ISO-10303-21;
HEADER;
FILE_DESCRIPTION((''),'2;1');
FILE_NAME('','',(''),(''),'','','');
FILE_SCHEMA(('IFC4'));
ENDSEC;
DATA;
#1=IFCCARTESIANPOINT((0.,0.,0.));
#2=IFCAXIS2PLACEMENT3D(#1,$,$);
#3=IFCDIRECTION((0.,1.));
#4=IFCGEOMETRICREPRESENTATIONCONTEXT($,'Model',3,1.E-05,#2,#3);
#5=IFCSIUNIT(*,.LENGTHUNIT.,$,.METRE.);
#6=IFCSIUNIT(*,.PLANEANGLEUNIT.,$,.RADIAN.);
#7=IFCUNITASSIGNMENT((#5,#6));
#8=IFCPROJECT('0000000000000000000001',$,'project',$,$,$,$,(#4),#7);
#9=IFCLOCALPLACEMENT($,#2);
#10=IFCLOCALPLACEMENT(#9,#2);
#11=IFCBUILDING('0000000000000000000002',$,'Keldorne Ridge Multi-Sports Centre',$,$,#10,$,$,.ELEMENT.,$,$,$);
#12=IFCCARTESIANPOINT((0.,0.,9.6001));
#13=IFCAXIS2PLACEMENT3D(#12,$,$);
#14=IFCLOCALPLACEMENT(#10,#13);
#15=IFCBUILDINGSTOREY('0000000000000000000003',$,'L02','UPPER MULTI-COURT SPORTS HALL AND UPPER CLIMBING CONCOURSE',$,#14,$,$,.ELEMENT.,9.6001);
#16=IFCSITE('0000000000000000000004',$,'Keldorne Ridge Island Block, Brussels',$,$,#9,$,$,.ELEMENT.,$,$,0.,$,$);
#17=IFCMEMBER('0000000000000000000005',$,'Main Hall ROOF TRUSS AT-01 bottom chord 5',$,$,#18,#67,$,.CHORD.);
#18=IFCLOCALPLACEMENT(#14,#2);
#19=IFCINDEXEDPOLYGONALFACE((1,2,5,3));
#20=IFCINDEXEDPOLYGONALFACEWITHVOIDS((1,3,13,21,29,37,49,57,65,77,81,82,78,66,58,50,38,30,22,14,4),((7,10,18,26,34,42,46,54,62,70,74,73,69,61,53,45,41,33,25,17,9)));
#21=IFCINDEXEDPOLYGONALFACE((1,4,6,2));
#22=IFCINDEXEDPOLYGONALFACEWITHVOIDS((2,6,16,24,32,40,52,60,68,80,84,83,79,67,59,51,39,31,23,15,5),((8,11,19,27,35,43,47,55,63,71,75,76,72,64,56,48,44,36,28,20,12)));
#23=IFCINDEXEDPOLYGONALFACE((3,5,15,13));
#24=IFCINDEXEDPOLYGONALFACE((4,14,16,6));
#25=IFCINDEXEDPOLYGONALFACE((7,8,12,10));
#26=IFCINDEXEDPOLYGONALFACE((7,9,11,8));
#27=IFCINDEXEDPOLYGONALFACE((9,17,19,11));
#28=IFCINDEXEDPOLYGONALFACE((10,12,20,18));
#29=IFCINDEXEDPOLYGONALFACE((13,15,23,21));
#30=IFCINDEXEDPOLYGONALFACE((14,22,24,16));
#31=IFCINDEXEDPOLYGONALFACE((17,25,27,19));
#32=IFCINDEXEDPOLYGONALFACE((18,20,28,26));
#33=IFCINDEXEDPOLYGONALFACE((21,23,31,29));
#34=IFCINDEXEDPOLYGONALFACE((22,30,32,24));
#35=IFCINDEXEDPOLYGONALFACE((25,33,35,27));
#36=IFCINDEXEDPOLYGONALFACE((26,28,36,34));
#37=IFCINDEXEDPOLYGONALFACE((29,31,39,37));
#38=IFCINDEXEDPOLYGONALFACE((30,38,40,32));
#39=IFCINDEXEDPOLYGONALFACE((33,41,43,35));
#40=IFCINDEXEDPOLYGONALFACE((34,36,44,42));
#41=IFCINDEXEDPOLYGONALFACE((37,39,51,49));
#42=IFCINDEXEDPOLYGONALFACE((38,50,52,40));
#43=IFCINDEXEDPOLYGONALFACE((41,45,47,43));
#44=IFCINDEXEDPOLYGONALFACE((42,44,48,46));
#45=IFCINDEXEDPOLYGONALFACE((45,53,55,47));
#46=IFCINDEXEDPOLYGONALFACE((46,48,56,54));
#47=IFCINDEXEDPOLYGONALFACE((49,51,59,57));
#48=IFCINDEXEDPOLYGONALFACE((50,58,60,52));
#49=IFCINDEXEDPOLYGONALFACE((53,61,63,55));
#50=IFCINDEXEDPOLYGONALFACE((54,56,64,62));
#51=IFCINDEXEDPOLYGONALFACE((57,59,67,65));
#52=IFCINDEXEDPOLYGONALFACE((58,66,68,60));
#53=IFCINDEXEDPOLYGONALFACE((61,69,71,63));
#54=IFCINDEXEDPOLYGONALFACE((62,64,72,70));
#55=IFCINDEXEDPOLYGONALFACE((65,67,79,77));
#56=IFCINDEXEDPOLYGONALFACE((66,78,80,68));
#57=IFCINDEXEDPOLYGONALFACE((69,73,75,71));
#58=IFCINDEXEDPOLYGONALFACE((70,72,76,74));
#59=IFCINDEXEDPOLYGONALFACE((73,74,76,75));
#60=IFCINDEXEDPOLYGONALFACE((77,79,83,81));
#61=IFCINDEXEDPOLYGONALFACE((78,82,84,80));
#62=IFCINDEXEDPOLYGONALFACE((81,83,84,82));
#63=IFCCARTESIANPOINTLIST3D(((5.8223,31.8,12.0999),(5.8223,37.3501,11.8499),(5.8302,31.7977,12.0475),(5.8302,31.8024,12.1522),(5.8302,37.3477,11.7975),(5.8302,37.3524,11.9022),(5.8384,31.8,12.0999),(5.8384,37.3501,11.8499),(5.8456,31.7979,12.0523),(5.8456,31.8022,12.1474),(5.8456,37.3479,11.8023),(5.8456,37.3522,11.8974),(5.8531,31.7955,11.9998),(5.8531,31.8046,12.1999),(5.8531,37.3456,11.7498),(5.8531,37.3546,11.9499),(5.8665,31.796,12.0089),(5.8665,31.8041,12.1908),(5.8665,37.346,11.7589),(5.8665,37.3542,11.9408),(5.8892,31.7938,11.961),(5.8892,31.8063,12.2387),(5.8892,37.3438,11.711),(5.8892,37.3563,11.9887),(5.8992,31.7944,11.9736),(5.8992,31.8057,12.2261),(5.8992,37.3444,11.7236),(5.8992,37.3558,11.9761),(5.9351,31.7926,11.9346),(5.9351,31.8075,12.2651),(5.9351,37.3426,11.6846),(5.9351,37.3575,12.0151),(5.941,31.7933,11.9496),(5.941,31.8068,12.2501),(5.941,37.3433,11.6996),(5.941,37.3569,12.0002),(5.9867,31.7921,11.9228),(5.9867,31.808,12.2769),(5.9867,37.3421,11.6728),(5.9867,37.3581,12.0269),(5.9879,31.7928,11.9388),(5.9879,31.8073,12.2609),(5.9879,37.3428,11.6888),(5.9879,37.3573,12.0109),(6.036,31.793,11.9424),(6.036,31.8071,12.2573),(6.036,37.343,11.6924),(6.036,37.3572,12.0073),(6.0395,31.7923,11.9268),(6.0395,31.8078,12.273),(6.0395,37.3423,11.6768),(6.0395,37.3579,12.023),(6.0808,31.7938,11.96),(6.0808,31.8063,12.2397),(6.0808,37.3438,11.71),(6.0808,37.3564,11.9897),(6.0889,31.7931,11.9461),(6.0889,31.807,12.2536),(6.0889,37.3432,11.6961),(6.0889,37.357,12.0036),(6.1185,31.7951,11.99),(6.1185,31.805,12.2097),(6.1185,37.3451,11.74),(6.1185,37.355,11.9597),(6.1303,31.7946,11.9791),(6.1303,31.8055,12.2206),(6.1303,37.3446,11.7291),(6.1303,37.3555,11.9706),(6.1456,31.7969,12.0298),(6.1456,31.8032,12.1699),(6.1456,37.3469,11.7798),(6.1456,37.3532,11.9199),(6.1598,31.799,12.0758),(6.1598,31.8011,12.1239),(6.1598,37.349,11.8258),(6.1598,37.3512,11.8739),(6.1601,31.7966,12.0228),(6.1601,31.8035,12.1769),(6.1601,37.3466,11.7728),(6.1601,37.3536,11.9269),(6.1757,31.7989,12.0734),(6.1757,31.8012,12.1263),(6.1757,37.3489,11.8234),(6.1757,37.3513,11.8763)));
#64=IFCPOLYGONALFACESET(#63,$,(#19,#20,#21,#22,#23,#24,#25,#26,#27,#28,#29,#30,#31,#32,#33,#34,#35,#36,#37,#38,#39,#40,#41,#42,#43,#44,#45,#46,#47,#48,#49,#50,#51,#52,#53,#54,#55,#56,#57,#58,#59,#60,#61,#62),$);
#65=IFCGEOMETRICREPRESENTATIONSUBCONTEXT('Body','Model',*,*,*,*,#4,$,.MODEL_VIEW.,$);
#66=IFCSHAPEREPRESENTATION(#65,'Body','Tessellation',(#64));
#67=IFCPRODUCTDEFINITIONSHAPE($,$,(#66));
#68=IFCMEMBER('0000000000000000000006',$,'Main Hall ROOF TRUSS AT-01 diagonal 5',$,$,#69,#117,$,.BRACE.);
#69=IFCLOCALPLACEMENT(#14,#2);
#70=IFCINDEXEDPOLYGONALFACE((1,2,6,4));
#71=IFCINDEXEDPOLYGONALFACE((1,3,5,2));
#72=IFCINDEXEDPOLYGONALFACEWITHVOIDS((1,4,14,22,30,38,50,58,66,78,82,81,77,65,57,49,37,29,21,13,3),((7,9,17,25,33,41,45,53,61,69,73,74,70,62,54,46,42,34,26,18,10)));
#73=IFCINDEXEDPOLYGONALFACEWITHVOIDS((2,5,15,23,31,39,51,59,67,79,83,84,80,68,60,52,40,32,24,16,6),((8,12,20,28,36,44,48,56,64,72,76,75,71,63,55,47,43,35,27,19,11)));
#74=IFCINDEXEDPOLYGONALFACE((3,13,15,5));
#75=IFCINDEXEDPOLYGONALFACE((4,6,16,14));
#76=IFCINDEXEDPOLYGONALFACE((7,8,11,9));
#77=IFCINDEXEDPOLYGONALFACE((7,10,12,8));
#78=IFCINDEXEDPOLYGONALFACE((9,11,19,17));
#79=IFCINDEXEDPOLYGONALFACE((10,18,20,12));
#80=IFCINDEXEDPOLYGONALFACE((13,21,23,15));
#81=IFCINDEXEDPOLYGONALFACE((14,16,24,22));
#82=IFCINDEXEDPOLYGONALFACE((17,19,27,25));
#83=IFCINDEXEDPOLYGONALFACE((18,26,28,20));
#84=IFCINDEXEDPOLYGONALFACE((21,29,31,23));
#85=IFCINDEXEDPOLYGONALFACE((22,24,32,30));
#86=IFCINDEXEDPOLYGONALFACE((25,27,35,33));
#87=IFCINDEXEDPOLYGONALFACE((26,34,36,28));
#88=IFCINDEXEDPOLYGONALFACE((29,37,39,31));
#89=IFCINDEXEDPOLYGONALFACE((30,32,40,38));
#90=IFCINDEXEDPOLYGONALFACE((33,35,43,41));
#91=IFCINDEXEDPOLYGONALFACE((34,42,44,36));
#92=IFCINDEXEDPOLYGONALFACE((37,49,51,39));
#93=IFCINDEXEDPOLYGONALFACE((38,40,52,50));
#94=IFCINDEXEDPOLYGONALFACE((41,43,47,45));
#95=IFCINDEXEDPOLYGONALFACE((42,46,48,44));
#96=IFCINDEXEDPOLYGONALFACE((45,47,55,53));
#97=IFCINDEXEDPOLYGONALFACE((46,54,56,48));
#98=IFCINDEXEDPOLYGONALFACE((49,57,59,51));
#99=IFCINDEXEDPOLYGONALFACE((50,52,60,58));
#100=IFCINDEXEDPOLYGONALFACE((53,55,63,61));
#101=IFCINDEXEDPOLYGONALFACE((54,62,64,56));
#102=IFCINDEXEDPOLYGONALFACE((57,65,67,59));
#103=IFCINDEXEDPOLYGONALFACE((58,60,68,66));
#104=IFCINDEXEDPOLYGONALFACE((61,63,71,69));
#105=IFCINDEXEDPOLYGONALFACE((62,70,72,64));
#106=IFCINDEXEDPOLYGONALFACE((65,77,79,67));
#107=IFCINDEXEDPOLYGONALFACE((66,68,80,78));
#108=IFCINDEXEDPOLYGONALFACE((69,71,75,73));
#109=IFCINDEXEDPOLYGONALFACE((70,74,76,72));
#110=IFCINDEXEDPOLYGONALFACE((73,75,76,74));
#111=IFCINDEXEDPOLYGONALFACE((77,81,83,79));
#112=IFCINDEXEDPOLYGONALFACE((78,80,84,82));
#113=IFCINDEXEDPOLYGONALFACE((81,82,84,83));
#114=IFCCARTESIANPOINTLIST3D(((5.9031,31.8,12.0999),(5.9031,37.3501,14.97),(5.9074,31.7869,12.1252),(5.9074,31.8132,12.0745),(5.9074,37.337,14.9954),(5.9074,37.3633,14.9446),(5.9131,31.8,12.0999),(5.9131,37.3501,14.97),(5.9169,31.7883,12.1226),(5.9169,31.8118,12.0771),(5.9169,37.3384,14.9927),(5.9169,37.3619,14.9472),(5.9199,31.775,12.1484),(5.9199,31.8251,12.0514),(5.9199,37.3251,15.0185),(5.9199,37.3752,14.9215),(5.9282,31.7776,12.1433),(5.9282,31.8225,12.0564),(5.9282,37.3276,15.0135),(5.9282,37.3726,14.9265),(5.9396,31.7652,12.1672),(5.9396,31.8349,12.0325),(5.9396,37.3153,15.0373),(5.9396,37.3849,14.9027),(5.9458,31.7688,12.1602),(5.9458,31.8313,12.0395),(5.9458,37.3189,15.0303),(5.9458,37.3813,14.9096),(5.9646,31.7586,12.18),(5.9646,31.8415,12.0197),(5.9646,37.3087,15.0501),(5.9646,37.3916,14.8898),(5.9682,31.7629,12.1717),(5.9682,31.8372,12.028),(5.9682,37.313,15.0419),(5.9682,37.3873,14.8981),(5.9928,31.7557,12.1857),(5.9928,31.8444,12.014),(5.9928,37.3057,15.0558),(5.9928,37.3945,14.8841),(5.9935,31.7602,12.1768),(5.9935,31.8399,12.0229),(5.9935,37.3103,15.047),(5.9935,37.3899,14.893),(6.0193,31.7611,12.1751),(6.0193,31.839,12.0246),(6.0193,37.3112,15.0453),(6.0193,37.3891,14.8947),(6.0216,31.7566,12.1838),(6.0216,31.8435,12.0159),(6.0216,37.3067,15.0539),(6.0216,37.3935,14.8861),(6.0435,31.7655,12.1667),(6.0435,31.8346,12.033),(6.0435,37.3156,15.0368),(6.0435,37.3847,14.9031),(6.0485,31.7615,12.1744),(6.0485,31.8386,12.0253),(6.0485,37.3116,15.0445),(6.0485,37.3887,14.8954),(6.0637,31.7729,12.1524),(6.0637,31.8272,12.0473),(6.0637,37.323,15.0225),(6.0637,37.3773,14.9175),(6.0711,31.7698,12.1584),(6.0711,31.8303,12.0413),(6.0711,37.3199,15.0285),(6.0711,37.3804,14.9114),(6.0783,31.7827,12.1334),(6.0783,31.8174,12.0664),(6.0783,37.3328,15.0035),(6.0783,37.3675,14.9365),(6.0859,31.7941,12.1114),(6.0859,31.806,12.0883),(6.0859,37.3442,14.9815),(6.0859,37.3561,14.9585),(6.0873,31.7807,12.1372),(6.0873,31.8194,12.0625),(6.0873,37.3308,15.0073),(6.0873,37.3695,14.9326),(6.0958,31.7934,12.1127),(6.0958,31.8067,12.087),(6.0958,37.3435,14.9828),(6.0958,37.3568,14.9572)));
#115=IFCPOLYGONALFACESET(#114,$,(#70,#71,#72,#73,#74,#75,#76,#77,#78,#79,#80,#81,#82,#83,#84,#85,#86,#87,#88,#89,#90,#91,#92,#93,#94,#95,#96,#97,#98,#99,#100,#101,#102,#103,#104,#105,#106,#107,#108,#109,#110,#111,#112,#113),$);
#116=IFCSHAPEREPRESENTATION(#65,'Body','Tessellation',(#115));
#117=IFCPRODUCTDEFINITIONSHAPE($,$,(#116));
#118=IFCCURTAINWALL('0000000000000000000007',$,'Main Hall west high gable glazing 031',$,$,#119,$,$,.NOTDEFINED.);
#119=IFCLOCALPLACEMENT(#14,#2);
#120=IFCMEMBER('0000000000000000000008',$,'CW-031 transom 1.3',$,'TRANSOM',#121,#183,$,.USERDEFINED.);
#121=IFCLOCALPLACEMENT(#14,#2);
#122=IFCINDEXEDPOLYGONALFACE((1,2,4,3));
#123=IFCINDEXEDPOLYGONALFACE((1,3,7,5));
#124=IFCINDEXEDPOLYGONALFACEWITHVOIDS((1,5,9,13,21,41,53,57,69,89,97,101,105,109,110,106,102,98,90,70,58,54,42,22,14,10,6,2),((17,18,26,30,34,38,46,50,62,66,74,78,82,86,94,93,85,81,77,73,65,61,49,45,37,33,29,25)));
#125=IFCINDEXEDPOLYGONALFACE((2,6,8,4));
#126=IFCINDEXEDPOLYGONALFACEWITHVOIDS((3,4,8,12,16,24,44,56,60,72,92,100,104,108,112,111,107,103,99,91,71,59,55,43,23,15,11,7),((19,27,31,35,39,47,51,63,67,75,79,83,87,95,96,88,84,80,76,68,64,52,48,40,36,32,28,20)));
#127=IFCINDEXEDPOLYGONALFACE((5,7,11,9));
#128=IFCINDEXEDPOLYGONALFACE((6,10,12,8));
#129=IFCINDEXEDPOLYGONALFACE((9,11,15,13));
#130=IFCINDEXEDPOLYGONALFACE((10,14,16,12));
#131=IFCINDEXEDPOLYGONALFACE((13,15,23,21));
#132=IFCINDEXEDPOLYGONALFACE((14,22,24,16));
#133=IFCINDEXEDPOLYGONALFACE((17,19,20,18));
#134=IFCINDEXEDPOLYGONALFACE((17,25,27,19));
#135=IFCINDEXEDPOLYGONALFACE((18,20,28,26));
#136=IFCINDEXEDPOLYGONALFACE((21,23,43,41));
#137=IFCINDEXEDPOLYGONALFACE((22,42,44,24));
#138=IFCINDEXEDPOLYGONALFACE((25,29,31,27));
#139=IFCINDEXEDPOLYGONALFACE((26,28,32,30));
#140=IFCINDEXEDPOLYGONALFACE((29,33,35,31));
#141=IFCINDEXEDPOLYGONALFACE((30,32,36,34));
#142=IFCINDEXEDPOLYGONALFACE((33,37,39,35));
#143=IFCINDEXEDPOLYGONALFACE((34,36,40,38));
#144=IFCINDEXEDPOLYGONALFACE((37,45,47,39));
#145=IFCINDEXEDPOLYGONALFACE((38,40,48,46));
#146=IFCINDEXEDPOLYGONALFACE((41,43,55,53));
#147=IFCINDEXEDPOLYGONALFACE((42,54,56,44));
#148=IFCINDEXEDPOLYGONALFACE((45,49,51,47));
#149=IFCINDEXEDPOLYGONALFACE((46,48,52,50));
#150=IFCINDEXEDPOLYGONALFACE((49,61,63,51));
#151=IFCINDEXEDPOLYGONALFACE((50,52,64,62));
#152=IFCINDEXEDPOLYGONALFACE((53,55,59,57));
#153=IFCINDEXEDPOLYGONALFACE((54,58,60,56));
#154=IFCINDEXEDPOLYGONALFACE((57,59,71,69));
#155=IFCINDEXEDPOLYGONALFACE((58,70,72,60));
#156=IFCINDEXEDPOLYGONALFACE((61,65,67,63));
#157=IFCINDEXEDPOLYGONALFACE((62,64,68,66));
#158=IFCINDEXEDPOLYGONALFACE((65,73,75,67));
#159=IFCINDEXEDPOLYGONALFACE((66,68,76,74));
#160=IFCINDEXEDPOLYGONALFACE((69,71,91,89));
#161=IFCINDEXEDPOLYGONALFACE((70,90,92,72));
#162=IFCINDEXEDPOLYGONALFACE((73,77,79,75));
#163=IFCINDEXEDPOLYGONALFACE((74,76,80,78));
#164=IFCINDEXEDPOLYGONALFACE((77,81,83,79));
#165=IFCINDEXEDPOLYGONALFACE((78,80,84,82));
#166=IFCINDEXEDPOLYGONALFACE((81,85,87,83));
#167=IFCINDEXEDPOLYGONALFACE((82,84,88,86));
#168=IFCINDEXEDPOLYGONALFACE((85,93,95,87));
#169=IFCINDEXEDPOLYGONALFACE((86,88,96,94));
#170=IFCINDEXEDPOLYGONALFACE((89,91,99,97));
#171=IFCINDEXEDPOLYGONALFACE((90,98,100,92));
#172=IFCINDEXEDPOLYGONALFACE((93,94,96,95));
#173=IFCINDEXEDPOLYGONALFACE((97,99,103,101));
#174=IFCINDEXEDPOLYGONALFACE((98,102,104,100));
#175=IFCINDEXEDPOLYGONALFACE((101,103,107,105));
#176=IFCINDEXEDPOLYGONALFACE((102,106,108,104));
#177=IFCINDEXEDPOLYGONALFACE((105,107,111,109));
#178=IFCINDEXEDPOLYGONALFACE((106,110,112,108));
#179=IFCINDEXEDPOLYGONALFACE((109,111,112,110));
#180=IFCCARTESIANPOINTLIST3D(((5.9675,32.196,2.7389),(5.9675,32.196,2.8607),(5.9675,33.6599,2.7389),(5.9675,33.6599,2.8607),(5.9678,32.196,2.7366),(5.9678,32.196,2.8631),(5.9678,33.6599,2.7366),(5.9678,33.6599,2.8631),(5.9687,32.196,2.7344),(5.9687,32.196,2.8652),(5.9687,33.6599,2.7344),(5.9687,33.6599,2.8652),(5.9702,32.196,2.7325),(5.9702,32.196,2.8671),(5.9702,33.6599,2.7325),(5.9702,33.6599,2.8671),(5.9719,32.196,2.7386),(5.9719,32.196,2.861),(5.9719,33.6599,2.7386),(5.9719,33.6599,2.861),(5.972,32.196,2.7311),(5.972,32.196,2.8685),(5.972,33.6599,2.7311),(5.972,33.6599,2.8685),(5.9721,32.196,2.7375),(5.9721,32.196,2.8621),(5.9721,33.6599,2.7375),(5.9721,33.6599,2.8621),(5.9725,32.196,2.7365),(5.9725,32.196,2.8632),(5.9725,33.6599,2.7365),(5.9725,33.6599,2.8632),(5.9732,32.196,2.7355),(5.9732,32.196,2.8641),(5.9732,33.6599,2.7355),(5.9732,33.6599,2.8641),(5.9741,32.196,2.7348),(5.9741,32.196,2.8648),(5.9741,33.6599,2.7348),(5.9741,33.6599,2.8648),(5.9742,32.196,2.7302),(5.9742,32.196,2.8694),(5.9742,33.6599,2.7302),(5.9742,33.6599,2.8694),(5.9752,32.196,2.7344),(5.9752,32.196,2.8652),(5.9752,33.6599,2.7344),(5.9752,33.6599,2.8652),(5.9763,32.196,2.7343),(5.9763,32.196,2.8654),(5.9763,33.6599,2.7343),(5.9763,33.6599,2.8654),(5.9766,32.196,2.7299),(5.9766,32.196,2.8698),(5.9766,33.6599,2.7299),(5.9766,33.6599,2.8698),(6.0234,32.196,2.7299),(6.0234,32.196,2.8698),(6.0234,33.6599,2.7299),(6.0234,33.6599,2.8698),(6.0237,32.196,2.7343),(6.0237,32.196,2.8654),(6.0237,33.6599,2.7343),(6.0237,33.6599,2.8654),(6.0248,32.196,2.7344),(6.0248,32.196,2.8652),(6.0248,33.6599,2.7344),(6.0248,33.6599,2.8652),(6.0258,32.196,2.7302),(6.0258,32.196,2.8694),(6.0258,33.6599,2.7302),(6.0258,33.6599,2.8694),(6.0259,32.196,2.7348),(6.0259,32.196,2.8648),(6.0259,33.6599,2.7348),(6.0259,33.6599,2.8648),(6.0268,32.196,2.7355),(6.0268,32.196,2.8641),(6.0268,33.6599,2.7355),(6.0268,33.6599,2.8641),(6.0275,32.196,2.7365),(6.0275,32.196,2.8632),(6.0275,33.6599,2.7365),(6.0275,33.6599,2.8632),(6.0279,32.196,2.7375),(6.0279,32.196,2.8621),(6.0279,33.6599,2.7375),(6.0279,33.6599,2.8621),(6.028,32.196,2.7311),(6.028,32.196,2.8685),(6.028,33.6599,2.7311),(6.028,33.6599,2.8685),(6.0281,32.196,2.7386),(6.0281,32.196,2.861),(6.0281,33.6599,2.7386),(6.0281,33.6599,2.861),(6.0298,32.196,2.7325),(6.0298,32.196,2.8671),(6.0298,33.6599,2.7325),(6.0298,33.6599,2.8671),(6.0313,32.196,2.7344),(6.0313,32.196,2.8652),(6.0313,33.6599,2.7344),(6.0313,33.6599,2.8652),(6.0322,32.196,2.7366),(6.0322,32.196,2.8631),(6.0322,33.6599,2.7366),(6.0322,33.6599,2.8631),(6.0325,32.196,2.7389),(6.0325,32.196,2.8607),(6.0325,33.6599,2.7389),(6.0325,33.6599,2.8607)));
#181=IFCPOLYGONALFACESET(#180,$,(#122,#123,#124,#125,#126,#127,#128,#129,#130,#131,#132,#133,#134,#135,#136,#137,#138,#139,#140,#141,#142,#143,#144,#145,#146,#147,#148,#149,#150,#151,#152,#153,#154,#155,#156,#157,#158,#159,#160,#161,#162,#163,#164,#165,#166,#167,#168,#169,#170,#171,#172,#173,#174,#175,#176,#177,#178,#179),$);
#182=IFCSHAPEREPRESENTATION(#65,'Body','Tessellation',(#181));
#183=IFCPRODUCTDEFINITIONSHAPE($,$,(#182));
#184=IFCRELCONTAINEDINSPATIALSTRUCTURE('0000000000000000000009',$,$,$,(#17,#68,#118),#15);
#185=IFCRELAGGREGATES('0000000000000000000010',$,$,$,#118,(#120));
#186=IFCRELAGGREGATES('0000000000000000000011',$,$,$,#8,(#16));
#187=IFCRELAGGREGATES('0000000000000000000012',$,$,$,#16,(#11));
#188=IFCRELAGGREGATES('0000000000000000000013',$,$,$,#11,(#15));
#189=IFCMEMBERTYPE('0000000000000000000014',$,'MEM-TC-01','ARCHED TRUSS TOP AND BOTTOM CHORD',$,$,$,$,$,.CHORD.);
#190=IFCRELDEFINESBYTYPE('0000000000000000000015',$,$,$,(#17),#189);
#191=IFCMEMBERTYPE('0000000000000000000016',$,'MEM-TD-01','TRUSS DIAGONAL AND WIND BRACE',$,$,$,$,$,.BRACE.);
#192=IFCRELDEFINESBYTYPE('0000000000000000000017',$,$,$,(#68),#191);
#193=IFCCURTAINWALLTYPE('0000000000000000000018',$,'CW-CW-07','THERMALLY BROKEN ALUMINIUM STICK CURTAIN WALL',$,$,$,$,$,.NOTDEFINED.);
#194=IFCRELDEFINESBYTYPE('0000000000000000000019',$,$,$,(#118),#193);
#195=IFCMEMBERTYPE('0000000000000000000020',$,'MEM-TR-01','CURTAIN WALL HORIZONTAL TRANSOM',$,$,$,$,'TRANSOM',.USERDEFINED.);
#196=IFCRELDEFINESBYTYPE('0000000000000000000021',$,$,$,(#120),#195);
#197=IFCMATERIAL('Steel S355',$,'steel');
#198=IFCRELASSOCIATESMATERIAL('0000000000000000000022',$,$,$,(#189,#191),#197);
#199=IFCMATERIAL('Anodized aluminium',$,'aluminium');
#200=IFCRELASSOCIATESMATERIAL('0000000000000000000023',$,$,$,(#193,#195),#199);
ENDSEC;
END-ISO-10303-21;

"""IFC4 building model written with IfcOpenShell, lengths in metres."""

from ifc_helpers import new_model, si_unit, direction, frame, origin, origin_2d, place, context, subcontext, project, spatial, hollow_rectangle, hollow_circle, extrude, material, material_profile, profile_set, type_object, element, aggregate, save


model = new_model("IFC4")

# Units and contexts
model_context = context("Model", 3, precision=1e-05, world=origin(), true_north=direction((0.0, 1.0)))
body_context = subcontext(model_context, "Body", "Model", "MODEL_VIEW")
ifc_project = project(units=[si_unit("LENGTHUNIT", "METRE"), si_unit("PLANEANGLEUNIT", "RADIAN")], contexts=[model_context])

# Site, building, storey
site_placement = place(None, origin())
site = spatial("IfcSite", under=ifc_project, at=site_placement, Name="Keldorne Ridge Island Block, Brussels", CompositionType="ELEMENT", RefElevation=0.0)
building_placement = place(site_placement, origin())
building = spatial("IfcBuilding", under=site, at=building_placement, Name="Keldorne Ridge Multi-Sports Centre", CompositionType="ELEMENT")
storey_placement = place(building_placement, frame((0.0, 0.0, 9.6001)))
storey = spatial("IfcBuildingStorey", under=building, at=storey_placement, Name="L02", Description="UPPER MULTI-COURT SPORTS HALL AND UPPER CLIMBING CONCOURSE", CompositionType="ELEMENT", Elevation=9.6001)

# Members
ifc_material_1 = material(Name="Steel S355", Category="steel")
ifc_material_profile_1 = material_profile(ifc_material_1, hollow_circle(Radius=0.1777, WallThickness=0.0161, at=origin_2d()), Name="CHS 355.6x16")
ifc_profile_set_1 = profile_set([ifc_material_profile_1], Name="Steel S355")
member_type_1 = type_object("IfcMemberType", Name="MEM-TC-01", Description="ARCHED TRUSS TOP AND BOTTOM CHORD", PredefinedType="CHORD", material=ifc_profile_set_1)
member_1_placement = place(storey_placement, frame((6.0, 31.8, 12.0999), z_axis=(0.0, 0.998987, -0.044999), x_axis=(-1.0, 0.0, 0.0)))
element("IfcMember", 1, at=member_1_placement, inside=storey, type_object=member_type_1, Name="Main Hall ROOF TRUSS AT-01 bottom chord 5", PredefinedType="CHORD", context=body_context, shape_type="SweptSolid", body=[
    extrude(hollow_circle(Radius=0.1777, WallThickness=0.0161, at=origin_2d()), origin(), (0.0, 0.0, 1.0), 5.5557),
])
ifc_material_profile_2 = material_profile(ifc_material_1, hollow_circle(Radius=0.0969, WallThickness=0.01, at=origin_2d()), Name="CHS 193.7x10")
ifc_profile_set_2 = profile_set([ifc_material_profile_2], Name="Steel S355")
member_type_2 = type_object("IfcMemberType", Name="MEM-TD-01", Description="TRUSS DIAGONAL AND WIND BRACE", PredefinedType="BRACE", material=ifc_profile_set_2)
member_2_placement = place(storey_placement, frame((6.0, 31.8, 12.0999), z_axis=(0.0, 0.888257, 0.459347), x_axis=(-1.0, 0.0, 0.0)))
element("IfcMember", 2, at=member_2_placement, inside=storey, type_object=member_type_2, Name="Main Hall ROOF TRUSS AT-01 diagonal 5", PredefinedType="BRACE", context=body_context, shape_type="SweptSolid", body=[
    extrude(hollow_circle(Radius=0.0969, WallThickness=0.01, at=origin_2d()), origin(), (0.0, 0.0, 1.0), 6.2483),
])

# Curtain wall, member
ifc_material_2 = material(Name="Anodized aluminium", Category="aluminium")
curtain_wall_type_1 = type_object("IfcCurtainWallType", Name="CW-CW-07", Description="THERMALLY BROKEN ALUMINIUM STICK CURTAIN WALL", PredefinedType="NOTDEFINED", material=ifc_material_2)
curtain_wall_1_placement = place(storey_placement, origin())
curtain_wall_1 = element("IfcCurtainWall", 3, at=curtain_wall_1_placement, inside=storey, type_object=curtain_wall_type_1, Name="Main Hall west high gable glazing 031", PredefinedType="NOTDEFINED")
ifc_material_profile_3 = material_profile(ifc_material_2, hollow_rectangle(XDim=0.0649, YDim=0.1399, WallThickness=0.0044, InnerFilletRadius=0.0044, OuterFilletRadius=0.009, at=origin_2d()), Name="ALU TRANSOM 140x65x4.5")
ifc_profile_set_3 = profile_set([ifc_material_profile_3], Name="Anodized aluminium")
member_type_3 = type_object("IfcMemberType", Name="MEM-TR-01", Description="CURTAIN WALL HORIZONTAL TRANSOM", ElementType="TRANSOM", PredefinedType="USERDEFINED", material=ifc_profile_set_3)
member_3_placement = place(storey_placement, frame((6.0, 33.6599, 2.7998), z_axis=(0.0, -1.0, 0.0), x_axis=(1.0, 0.0, 0.0)))
member_3 = element("IfcMember", 4, at=member_3_placement, type_object=member_type_3, Name="CW-031 transom 1.3", ObjectType="TRANSOM", PredefinedType="USERDEFINED", context=body_context, shape_type="SweptSolid", body=[
    extrude(hollow_rectangle(XDim=0.0649, YDim=0.1399, WallThickness=0.0044, InnerFilletRadius=0.0044, OuterFilletRadius=0.009, at=origin_2d()), origin(), (0.0, 0.0, 1.0), 1.4639),
])

aggregate(curtain_wall_1, [member_3])

save(model, "model.ifc")
